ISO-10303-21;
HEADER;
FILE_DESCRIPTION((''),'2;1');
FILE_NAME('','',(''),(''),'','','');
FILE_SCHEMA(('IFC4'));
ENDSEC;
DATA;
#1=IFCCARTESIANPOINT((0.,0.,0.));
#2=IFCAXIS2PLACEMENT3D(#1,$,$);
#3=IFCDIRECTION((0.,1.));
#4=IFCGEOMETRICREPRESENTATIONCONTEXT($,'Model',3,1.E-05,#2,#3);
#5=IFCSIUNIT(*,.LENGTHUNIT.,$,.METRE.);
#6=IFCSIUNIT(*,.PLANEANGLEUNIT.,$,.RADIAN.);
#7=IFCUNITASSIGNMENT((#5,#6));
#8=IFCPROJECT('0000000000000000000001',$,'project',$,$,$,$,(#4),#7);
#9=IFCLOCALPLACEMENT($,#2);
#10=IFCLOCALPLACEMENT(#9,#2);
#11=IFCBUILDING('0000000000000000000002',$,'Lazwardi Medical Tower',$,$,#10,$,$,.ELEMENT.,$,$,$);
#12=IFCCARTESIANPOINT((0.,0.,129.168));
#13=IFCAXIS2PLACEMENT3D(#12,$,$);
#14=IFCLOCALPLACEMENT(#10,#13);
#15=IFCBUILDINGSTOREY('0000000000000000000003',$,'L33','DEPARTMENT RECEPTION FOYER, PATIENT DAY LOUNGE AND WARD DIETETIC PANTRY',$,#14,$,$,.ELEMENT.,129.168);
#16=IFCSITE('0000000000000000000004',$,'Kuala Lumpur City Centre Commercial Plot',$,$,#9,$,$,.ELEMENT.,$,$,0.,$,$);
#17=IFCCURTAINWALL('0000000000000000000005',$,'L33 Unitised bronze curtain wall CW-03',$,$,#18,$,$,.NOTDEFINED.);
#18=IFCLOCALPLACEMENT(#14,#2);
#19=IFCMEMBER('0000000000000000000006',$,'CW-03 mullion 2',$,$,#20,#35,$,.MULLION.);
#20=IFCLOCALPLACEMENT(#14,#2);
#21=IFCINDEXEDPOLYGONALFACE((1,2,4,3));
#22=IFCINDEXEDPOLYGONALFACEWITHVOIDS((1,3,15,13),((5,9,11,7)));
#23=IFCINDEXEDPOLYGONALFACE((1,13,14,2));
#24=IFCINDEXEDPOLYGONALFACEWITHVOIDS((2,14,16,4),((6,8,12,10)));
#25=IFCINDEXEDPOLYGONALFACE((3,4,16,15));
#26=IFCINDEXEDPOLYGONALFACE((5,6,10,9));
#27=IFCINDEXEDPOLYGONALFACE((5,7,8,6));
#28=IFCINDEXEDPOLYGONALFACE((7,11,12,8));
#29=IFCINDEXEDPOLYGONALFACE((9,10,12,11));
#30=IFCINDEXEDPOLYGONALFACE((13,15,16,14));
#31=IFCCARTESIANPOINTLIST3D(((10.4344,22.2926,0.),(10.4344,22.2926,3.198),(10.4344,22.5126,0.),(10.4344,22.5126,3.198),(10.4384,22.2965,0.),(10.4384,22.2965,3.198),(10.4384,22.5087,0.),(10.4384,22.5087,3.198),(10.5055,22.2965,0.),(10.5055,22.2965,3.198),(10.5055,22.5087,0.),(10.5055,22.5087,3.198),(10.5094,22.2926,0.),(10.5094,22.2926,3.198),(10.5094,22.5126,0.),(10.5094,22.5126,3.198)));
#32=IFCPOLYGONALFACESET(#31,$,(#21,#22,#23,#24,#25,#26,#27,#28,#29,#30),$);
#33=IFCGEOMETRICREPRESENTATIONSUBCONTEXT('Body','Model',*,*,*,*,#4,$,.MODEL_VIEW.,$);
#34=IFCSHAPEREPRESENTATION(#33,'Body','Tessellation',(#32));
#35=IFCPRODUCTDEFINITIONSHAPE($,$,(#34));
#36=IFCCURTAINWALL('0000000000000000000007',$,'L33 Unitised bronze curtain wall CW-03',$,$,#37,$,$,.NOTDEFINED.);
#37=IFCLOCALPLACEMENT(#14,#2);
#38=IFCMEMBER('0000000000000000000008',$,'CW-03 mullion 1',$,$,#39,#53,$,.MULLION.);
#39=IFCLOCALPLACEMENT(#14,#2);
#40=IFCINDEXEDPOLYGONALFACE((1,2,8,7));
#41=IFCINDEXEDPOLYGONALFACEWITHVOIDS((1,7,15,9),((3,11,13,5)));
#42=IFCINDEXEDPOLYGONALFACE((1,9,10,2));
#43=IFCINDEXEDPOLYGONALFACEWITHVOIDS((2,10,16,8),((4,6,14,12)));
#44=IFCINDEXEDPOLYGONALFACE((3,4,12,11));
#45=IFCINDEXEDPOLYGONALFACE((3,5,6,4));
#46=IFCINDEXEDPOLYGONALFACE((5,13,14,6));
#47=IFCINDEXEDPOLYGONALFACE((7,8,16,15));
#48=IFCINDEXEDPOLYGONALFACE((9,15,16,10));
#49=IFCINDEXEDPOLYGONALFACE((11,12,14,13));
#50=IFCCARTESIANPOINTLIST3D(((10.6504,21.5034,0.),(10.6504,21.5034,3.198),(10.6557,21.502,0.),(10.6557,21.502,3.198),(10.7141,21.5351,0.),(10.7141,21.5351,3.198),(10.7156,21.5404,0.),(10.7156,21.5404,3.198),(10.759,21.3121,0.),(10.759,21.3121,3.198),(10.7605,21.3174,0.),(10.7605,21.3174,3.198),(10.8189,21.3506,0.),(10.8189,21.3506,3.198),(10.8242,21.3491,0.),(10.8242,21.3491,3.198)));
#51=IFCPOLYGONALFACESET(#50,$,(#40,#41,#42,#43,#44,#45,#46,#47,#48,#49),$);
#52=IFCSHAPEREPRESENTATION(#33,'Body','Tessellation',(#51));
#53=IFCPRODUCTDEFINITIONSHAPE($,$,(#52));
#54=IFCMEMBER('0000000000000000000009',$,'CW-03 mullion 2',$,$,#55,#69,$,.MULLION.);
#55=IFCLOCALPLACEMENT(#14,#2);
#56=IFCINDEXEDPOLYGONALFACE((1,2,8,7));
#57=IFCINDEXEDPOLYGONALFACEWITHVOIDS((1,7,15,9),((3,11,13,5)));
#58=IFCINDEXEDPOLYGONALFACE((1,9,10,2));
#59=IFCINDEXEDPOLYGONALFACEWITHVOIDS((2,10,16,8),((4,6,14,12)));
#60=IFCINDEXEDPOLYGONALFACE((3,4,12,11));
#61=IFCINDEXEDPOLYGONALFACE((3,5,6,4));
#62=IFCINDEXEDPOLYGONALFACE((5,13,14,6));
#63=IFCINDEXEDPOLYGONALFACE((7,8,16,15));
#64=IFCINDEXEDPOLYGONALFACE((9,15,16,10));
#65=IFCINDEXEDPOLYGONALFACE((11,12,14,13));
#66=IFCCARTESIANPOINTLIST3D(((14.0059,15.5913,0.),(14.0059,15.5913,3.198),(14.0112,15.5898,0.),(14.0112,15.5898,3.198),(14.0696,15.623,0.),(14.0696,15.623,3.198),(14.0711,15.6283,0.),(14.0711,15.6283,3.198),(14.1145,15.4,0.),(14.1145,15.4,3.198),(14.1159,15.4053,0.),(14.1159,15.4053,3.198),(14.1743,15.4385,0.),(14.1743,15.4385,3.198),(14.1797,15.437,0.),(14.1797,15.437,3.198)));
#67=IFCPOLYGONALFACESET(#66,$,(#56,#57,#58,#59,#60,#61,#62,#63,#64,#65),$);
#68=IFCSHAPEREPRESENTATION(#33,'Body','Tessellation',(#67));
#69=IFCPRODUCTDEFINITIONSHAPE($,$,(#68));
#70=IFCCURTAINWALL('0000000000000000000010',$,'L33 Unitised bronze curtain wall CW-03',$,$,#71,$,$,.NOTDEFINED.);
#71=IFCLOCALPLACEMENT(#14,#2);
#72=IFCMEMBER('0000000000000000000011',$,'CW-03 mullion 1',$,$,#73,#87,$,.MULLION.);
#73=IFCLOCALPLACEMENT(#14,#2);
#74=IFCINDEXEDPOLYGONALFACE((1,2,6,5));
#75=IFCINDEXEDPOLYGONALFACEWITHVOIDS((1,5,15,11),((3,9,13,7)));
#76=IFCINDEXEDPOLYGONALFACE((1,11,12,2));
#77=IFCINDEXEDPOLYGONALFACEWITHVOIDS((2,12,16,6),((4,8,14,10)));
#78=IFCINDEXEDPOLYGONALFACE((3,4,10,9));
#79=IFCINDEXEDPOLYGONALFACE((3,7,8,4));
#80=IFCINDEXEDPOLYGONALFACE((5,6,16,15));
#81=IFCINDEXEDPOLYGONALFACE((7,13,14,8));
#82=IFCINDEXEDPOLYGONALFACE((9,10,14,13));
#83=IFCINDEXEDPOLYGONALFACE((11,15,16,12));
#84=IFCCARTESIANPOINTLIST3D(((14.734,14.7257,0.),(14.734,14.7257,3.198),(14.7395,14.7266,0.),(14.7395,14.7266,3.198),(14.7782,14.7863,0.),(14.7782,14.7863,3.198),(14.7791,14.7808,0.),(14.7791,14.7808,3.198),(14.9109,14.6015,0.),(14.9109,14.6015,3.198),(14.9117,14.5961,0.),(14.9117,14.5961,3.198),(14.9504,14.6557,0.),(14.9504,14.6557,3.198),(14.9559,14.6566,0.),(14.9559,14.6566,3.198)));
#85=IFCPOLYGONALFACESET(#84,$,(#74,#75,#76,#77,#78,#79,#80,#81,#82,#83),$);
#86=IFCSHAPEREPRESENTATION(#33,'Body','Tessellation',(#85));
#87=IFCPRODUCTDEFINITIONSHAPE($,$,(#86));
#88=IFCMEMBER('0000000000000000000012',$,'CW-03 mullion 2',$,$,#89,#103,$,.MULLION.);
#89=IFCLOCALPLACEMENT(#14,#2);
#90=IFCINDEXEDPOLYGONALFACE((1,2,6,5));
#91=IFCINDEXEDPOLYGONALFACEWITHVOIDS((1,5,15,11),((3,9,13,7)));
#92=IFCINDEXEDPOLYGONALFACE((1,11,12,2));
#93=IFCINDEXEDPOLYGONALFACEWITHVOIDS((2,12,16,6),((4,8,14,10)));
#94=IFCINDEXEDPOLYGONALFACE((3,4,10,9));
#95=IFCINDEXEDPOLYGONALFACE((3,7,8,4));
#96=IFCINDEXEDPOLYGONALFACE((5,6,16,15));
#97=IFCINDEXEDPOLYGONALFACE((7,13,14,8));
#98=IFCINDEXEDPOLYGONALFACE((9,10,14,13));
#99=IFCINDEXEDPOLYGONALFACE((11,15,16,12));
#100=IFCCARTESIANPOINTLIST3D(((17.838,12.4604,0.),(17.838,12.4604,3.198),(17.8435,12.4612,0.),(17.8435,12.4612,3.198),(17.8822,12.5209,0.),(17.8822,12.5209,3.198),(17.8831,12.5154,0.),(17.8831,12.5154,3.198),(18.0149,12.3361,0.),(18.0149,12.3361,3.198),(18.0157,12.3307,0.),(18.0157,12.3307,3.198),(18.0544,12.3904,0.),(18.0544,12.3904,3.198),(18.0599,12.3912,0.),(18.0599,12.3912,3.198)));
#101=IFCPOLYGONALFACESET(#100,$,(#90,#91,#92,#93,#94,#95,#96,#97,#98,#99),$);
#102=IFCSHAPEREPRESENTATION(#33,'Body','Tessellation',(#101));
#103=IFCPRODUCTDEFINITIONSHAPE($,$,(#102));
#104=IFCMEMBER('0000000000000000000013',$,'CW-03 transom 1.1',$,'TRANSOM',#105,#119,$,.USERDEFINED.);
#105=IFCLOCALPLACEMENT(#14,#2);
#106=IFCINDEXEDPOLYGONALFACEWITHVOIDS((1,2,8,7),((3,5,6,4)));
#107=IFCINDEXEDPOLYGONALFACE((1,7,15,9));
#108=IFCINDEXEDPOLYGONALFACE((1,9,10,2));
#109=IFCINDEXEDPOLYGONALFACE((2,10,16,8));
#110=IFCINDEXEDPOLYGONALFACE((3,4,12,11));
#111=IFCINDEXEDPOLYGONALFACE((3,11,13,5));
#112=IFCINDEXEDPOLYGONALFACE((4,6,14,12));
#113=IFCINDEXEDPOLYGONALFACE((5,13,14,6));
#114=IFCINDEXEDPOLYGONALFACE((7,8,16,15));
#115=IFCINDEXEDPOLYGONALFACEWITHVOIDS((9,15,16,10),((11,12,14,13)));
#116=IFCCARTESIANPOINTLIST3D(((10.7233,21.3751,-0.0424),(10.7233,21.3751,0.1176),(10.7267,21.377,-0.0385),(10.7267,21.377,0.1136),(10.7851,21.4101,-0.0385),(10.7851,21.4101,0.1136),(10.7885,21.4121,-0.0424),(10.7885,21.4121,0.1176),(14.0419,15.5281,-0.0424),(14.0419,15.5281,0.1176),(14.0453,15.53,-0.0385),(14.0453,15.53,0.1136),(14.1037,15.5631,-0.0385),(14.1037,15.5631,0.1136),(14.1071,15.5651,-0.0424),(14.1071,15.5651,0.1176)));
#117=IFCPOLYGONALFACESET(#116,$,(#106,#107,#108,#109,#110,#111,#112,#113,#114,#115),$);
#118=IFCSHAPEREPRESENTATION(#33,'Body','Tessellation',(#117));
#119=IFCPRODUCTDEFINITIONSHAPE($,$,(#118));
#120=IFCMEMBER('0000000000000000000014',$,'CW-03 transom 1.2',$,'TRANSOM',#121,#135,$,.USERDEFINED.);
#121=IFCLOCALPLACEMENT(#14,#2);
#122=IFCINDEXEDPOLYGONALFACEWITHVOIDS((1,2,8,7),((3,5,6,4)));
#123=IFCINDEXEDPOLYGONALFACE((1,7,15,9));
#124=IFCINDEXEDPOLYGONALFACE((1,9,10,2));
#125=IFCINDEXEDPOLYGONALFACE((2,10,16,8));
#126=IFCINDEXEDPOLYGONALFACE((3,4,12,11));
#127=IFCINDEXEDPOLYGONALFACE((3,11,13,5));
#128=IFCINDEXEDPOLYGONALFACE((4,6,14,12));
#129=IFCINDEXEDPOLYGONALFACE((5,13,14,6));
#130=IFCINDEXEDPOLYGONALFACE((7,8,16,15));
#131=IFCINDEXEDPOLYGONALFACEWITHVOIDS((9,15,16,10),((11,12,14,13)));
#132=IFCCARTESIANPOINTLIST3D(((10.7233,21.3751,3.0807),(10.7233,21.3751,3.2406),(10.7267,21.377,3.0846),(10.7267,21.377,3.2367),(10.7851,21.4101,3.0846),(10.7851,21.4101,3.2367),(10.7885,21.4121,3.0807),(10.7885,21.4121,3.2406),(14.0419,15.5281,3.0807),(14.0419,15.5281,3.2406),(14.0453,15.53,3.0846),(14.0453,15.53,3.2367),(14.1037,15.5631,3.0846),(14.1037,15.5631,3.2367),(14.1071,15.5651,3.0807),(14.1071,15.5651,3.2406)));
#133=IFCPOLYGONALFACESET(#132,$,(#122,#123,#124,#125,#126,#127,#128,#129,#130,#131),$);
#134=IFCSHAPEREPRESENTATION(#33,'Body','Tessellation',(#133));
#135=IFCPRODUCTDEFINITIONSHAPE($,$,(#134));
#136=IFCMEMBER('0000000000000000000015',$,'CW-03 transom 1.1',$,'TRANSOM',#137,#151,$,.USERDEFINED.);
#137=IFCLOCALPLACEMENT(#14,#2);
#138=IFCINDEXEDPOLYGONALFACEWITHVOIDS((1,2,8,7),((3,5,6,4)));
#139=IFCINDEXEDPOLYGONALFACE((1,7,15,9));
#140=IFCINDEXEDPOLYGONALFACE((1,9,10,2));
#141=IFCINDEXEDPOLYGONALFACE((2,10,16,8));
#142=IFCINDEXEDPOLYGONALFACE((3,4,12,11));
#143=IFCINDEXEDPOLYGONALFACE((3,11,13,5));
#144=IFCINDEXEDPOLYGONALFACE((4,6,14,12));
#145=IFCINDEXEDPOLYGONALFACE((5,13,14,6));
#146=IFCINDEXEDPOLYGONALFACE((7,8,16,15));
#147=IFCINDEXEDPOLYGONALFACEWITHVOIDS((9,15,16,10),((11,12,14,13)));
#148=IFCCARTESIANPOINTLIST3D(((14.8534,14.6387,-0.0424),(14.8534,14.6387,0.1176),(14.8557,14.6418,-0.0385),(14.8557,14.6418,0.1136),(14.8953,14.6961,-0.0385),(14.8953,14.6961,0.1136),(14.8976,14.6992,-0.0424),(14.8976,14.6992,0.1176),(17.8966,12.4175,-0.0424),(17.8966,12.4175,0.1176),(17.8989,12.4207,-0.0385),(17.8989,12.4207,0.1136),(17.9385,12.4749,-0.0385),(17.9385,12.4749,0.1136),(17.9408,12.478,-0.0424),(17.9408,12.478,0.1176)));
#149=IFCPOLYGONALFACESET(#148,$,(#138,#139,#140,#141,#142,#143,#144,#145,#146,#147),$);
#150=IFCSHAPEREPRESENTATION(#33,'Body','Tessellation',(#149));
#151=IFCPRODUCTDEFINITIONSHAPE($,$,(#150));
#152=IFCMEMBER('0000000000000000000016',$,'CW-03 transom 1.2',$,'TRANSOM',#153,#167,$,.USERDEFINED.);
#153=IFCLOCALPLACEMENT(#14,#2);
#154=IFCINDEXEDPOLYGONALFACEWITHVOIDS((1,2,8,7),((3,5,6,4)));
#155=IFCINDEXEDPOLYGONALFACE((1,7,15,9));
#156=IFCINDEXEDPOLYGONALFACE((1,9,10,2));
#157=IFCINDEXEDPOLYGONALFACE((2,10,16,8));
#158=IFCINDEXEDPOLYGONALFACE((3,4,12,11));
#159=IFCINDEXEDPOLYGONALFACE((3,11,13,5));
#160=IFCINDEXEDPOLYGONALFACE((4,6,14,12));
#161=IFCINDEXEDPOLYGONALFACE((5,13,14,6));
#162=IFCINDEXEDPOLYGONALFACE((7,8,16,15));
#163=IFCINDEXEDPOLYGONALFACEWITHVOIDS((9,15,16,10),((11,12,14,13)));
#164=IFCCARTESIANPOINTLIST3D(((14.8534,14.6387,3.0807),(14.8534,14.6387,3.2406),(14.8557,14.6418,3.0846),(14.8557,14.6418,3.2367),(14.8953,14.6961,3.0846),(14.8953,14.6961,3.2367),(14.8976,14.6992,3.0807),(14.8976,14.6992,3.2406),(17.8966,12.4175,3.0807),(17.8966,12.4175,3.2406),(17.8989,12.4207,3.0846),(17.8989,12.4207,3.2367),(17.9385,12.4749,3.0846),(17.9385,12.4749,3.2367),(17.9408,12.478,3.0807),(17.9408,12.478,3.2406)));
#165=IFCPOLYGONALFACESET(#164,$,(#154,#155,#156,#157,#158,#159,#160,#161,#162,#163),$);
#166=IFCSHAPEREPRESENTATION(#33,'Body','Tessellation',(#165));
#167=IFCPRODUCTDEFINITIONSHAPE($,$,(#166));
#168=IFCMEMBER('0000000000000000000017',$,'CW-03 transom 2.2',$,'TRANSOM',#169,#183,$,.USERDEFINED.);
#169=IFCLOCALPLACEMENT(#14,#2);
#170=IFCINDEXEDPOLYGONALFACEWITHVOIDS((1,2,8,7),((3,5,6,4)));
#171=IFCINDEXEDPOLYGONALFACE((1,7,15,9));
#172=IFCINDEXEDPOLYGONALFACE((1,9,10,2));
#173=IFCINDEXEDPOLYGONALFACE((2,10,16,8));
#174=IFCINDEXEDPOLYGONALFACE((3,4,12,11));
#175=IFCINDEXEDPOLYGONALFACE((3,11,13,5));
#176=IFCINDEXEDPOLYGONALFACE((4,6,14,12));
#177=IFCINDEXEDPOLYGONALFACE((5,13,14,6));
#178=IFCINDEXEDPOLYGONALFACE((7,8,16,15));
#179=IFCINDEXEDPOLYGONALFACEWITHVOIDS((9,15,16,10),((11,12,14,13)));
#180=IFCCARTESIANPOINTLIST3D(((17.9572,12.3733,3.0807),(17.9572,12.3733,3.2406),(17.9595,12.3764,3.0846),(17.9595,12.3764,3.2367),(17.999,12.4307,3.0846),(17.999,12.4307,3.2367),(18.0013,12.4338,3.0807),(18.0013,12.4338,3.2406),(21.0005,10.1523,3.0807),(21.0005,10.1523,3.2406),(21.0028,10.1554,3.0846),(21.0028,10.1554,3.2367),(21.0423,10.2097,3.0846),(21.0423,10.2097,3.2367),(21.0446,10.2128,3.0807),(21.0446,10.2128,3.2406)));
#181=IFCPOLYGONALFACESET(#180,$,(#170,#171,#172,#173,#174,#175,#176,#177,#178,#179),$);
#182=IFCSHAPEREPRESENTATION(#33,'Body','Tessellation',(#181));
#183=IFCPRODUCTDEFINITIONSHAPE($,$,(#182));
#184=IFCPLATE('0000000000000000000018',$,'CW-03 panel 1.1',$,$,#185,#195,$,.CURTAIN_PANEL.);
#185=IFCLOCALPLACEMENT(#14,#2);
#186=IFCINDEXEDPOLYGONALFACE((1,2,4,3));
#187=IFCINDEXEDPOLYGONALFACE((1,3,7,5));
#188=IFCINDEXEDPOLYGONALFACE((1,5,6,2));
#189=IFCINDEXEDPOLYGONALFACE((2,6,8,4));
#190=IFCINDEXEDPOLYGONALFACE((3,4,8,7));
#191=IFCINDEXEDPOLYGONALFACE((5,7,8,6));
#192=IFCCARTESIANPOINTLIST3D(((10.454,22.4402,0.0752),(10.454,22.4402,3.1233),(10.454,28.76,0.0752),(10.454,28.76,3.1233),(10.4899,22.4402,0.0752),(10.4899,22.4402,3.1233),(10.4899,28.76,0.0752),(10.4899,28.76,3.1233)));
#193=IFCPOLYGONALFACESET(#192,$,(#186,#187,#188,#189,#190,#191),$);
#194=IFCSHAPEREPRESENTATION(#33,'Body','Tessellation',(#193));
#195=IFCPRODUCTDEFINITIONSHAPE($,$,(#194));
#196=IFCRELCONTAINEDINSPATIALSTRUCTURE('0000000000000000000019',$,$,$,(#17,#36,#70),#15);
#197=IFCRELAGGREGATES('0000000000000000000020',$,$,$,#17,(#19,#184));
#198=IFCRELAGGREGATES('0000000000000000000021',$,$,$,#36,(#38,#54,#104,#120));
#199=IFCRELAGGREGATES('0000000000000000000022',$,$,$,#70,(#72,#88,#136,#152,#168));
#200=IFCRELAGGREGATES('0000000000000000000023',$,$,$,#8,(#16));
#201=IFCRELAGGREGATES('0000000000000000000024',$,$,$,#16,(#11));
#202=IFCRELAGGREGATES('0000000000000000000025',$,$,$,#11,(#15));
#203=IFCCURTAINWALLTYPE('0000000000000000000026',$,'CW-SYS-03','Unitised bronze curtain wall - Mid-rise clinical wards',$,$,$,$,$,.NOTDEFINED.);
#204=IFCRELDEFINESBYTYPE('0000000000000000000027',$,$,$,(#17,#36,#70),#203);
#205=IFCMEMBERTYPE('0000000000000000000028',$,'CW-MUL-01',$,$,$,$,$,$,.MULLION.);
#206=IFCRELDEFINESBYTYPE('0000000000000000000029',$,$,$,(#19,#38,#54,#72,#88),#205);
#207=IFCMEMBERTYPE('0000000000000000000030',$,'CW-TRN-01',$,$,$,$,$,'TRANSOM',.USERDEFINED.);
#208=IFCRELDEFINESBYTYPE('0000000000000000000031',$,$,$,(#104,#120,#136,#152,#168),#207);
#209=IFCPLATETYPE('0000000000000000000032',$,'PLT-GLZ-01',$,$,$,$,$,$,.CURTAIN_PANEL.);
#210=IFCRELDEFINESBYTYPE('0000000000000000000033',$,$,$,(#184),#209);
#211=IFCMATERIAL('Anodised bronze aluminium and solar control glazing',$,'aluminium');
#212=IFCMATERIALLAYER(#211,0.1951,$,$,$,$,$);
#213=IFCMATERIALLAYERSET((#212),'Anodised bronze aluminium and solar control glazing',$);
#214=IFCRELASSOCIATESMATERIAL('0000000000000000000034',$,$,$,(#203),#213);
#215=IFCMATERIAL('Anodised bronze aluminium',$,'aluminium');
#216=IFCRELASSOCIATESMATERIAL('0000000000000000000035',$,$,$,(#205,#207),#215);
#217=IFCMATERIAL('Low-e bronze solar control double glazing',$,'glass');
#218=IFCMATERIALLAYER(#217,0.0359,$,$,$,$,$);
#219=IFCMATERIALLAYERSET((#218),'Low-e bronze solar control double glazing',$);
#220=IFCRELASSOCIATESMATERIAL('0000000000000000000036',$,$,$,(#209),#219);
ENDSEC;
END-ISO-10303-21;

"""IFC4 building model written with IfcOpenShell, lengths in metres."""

from ifc_helpers import new_model, si_unit, direction, frame, origin, origin_2d, place, context, subcontext, project, spatial, rectangle, hollow_rectangle, extrude, material, layer, layer_set, material_profile, profile_set, type_object, element, aggregate, save


model = new_model("IFC4")

# Units and contexts
model_context = context("Model", 3, precision=1e-05, world=origin(), true_north=direction((0.0, 1.0)))
body_context = subcontext(model_context, "Body", "Model", "MODEL_VIEW")
ifc_project = project(units=[si_unit("LENGTHUNIT", "METRE"), si_unit("PLANEANGLEUNIT", "RADIAN")], contexts=[model_context])

# Site, building, storey
site_placement = place(None, origin())
site = spatial("IfcSite", under=ifc_project, at=site_placement, Name="Kuala Lumpur City Centre Commercial Plot", CompositionType="ELEMENT", RefElevation=0.0)
building_placement = place(site_placement, origin())
building = spatial("IfcBuilding", under=site, at=building_placement, Name="Lazwardi Medical Tower", CompositionType="ELEMENT")
storey_placement = place(building_placement, frame((0.0, 0.0, 129.168)))
storey = spatial("IfcBuildingStorey", under=building, at=storey_placement, Name="L33", Description="DEPARTMENT RECEPTION FOYER, PATIENT DAY LOUNGE AND WARD DIETETIC PANTRY", CompositionType="ELEMENT", Elevation=129.168)

# Curtain wall, member
ifc_material_1 = material(Name="Anodised bronze aluminium and solar control glazing", Category="aluminium")
ifc_layer_1 = layer(ifc_material_1, 0.1951)
ifc_layer_set_1 = layer_set([ifc_layer_1], Name="Anodised bronze aluminium and solar control glazing")
curtain_wall_type = type_object("IfcCurtainWallType", Name="CW-SYS-03", Description="Unitised bronze curtain wall - Mid-rise clinical wards", PredefinedType="NOTDEFINED", material=ifc_layer_set_1)
curtain_wall_1_placement = place(storey_placement, origin())
curtain_wall_1 = element("IfcCurtainWall", 1, at=curtain_wall_1_placement, inside=storey, type_object=curtain_wall_type, Name="L33 Unitised bronze curtain wall CW-03", PredefinedType="NOTDEFINED")
ifc_material_2 = material(Name="Anodised bronze aluminium", Category="aluminium")
ifc_material_profile_1 = material_profile(ifc_material_2, hollow_rectangle(XDim=0.075, YDim=0.22, WallThickness=0.0039, at=origin_2d()), Name="ALU-MULLION 220x75x4")
ifc_profile_set_1 = profile_set([ifc_material_profile_1], Name="Anodised bronze aluminium")
member_type_1 = type_object("IfcMemberType", Name="CW-MUL-01", PredefinedType="MULLION", material=ifc_profile_set_1)
member_1_placement = place(storey_placement, frame((10.4719, 22.4026, 0.0), z_axis=(0.0, 0.0, 1.0), x_axis=(1.0, 0.0, 0.0)))
member_1 = element("IfcMember", 2, at=member_1_placement, type_object=member_type_1, Name="CW-03 mullion 2", PredefinedType="MULLION", context=body_context, shape_type="SweptSolid", body=[
    extrude(hollow_rectangle(XDim=0.075, YDim=0.22, WallThickness=0.0039, at=origin_2d()), origin(), (0.0, 0.0, 1.0), 3.198),
])

# Curtain walls, members
curtain_wall_2_placement = place(storey_placement, origin())
curtain_wall_2 = element("IfcCurtainWall", 3, at=curtain_wall_2_placement, inside=storey, type_object=curtain_wall_type, Name="L33 Unitised bronze curtain wall CW-03", PredefinedType="NOTDEFINED")
member_2_placement = place(storey_placement, frame((10.7373, 21.4263, 0.0), z_axis=(0.0, 0.0, 1.0), x_axis=(0.869687, 0.493603, 0.0)))
member_2 = element("IfcMember", 4, at=member_2_placement, type_object=member_type_1, Name="CW-03 mullion 1", PredefinedType="MULLION", context=body_context, shape_type="SweptSolid", body=[
    extrude(hollow_rectangle(XDim=0.075, YDim=0.22, WallThickness=0.0039, at=origin_2d()), origin(), (0.0, 0.0, 1.0), 3.198),
])
member_3_placement = place(storey_placement, frame((14.0928, 15.5142, 0.0), z_axis=(0.0, 0.0, 1.0), x_axis=(0.869687, 0.493603, 0.0)))
member_3 = element("IfcMember", 5, at=member_3_placement, type_object=member_type_1, Name="CW-03 mullion 2", PredefinedType="MULLION", context=body_context, shape_type="SweptSolid", body=[
    extrude(hollow_rectangle(XDim=0.075, YDim=0.22, WallThickness=0.0039, at=origin_2d()), origin(), (0.0, 0.0, 1.0), 3.198),
])
curtain_wall_3_placement = place(storey_placement, origin())
curtain_wall_3 = element("IfcCurtainWall", 6, at=curtain_wall_3_placement, inside=storey, type_object=curtain_wall_type, Name="L33 Unitised bronze curtain wall CW-03", PredefinedType="NOTDEFINED")
member_4_placement = place(storey_placement, frame((14.845, 14.6912, 0.0), z_axis=(0.0, 0.0, 1.0), x_axis=(0.589531, 0.807746, 0.0)))
member_4 = element("IfcMember", 7, at=member_4_placement, type_object=member_type_1, Name="CW-03 mullion 1", PredefinedType="MULLION", context=body_context, shape_type="SweptSolid", body=[
    extrude(hollow_rectangle(XDim=0.075, YDim=0.22, WallThickness=0.0039, at=origin_2d()), origin(), (0.0, 0.0, 1.0), 3.198),
])
member_5_placement = place(storey_placement, frame((17.949, 12.4258, 0.0), z_axis=(0.0, 0.0, 1.0), x_axis=(0.589531, 0.807746, 0.0)))
member_5 = element("IfcMember", 8, at=member_5_placement, type_object=member_type_1, Name="CW-03 mullion 2", PredefinedType="MULLION", context=body_context, shape_type="SweptSolid", body=[
    extrude(hollow_rectangle(XDim=0.075, YDim=0.22, WallThickness=0.0039, at=origin_2d()), origin(), (0.0, 0.0, 1.0), 3.198),
])

# Members
ifc_material_profile_2 = material_profile(ifc_material_2, hollow_rectangle(XDim=0.075, YDim=0.1599, WallThickness=0.0039, at=origin_2d()), Name="ALU-TRANSOM 160x75x4")
ifc_profile_set_2 = profile_set([ifc_material_profile_2], Name="Anodised bronze aluminium")
member_type_2 = type_object("IfcMemberType", Name="CW-TRN-01", ElementType="TRANSOM", PredefinedType="USERDEFINED", material=ifc_profile_set_2)
member_6_placement = place(storey_placement, frame((10.7559, 21.3936, 0.0376), z_axis=(0.493614, -0.869681, 0.0), x_axis=(0.869681, 0.493614, 0.0)))
member_6 = element("IfcMember", 9, at=member_6_placement, type_object=member_type_2, Name="CW-03 transom 1.1", ObjectType="TRANSOM", PredefinedType="USERDEFINED", context=body_context, shape_type="SweptSolid", body=[
    extrude(hollow_rectangle(XDim=0.075, YDim=0.1599, WallThickness=0.0039, at=origin_2d()), origin(), (0.0, 0.0, 1.0), 6.7231),
])
member_7_placement = place(storey_placement, frame((10.7559, 21.3936, 3.1606), z_axis=(0.493614, -0.869681, 0.0), x_axis=(0.869681, 0.493614, 0.0)))
member_7 = element("IfcMember", 10, at=member_7_placement, type_object=member_type_2, Name="CW-03 transom 1.2", ObjectType="TRANSOM", PredefinedType="USERDEFINED", context=body_context, shape_type="SweptSolid", body=[
    extrude(hollow_rectangle(XDim=0.075, YDim=0.1599, WallThickness=0.0039, at=origin_2d()), origin(), (0.0, 0.0, 1.0), 6.7231),
])
member_8_placement = place(storey_placement, frame((14.8755, 14.6689, 0.0376), z_axis=(0.807732, -0.58955, 0.0), x_axis=(0.58955, 0.807732, 0.0)))
member_8 = element("IfcMember", 11, at=member_8_placement, type_object=member_type_2, Name="CW-03 transom 1.1", ObjectType="TRANSOM", PredefinedType="USERDEFINED", context=body_context, shape_type="SweptSolid", body=[
    extrude(hollow_rectangle(XDim=0.075, YDim=0.1599, WallThickness=0.0039, at=origin_2d()), origin(), (0.0, 0.0, 1.0), 3.7676),
])
member_9_placement = place(storey_placement, frame((14.8755, 14.6689, 3.1606), z_axis=(0.807732, -0.58955, 0.0), x_axis=(0.58955, 0.807732, 0.0)))
member_9 = element("IfcMember", 12, at=member_9_placement, type_object=member_type_2, Name="CW-03 transom 1.2", ObjectType="TRANSOM", PredefinedType="USERDEFINED", context=body_context, shape_type="SweptSolid", body=[
    extrude(hollow_rectangle(XDim=0.075, YDim=0.1599, WallThickness=0.0039, at=origin_2d()), origin(), (0.0, 0.0, 1.0), 3.7676),
])
member_10_placement = place(storey_placement, frame((17.9792, 12.4036, 3.1606), z_axis=(0.807763, -0.589508, 0.0), x_axis=(0.589508, 0.807763, 0.0)))
member_10 = element("IfcMember", 13, at=member_10_placement, type_object=member_type_2, Name="CW-03 transom 2.2", ObjectType="TRANSOM", PredefinedType="USERDEFINED", context=body_context, shape_type="SweptSolid", body=[
    extrude(hollow_rectangle(XDim=0.075, YDim=0.1599, WallThickness=0.0039, at=origin_2d()), origin(), (0.0, 0.0, 1.0), 3.7676),
])

# Plate
ifc_material_3 = material(Name="Low-e bronze solar control double glazing", Category="glass")
ifc_layer_2 = layer(ifc_material_3, 0.0359)
ifc_layer_set_2 = layer_set([ifc_layer_2], Name="Low-e bronze solar control double glazing")
plate_type = type_object("IfcPlateType", Name="PLT-GLZ-01", PredefinedType="CURTAIN_PANEL", material=ifc_layer_set_2)
plate_1_placement = place(storey_placement, frame((10.4719, 25.6001, 0.0752), z_axis=(0.0, 0.0, 1.0), x_axis=(0.0, -1.0, 0.0)))
plate_1 = element("IfcPlate", 14, at=plate_1_placement, type_object=plate_type, Name="CW-03 panel 1.1", PredefinedType="CURTAIN_PANEL", context=body_context, shape_type="SweptSolid", body=[
    extrude(rectangle(XDim=6.3198, YDim=0.0359, at=origin_2d()), origin(), (0.0, 0.0, 1.0), 3.0481),
])
aggregate(curtain_wall_1, [member_1, plate_1])
aggregate(curtain_wall_2, [member_2, member_3, member_6, member_7])
aggregate(curtain_wall_3, [member_4, member_5, member_8, member_9, member_10])

save(model, "model.ifc")
